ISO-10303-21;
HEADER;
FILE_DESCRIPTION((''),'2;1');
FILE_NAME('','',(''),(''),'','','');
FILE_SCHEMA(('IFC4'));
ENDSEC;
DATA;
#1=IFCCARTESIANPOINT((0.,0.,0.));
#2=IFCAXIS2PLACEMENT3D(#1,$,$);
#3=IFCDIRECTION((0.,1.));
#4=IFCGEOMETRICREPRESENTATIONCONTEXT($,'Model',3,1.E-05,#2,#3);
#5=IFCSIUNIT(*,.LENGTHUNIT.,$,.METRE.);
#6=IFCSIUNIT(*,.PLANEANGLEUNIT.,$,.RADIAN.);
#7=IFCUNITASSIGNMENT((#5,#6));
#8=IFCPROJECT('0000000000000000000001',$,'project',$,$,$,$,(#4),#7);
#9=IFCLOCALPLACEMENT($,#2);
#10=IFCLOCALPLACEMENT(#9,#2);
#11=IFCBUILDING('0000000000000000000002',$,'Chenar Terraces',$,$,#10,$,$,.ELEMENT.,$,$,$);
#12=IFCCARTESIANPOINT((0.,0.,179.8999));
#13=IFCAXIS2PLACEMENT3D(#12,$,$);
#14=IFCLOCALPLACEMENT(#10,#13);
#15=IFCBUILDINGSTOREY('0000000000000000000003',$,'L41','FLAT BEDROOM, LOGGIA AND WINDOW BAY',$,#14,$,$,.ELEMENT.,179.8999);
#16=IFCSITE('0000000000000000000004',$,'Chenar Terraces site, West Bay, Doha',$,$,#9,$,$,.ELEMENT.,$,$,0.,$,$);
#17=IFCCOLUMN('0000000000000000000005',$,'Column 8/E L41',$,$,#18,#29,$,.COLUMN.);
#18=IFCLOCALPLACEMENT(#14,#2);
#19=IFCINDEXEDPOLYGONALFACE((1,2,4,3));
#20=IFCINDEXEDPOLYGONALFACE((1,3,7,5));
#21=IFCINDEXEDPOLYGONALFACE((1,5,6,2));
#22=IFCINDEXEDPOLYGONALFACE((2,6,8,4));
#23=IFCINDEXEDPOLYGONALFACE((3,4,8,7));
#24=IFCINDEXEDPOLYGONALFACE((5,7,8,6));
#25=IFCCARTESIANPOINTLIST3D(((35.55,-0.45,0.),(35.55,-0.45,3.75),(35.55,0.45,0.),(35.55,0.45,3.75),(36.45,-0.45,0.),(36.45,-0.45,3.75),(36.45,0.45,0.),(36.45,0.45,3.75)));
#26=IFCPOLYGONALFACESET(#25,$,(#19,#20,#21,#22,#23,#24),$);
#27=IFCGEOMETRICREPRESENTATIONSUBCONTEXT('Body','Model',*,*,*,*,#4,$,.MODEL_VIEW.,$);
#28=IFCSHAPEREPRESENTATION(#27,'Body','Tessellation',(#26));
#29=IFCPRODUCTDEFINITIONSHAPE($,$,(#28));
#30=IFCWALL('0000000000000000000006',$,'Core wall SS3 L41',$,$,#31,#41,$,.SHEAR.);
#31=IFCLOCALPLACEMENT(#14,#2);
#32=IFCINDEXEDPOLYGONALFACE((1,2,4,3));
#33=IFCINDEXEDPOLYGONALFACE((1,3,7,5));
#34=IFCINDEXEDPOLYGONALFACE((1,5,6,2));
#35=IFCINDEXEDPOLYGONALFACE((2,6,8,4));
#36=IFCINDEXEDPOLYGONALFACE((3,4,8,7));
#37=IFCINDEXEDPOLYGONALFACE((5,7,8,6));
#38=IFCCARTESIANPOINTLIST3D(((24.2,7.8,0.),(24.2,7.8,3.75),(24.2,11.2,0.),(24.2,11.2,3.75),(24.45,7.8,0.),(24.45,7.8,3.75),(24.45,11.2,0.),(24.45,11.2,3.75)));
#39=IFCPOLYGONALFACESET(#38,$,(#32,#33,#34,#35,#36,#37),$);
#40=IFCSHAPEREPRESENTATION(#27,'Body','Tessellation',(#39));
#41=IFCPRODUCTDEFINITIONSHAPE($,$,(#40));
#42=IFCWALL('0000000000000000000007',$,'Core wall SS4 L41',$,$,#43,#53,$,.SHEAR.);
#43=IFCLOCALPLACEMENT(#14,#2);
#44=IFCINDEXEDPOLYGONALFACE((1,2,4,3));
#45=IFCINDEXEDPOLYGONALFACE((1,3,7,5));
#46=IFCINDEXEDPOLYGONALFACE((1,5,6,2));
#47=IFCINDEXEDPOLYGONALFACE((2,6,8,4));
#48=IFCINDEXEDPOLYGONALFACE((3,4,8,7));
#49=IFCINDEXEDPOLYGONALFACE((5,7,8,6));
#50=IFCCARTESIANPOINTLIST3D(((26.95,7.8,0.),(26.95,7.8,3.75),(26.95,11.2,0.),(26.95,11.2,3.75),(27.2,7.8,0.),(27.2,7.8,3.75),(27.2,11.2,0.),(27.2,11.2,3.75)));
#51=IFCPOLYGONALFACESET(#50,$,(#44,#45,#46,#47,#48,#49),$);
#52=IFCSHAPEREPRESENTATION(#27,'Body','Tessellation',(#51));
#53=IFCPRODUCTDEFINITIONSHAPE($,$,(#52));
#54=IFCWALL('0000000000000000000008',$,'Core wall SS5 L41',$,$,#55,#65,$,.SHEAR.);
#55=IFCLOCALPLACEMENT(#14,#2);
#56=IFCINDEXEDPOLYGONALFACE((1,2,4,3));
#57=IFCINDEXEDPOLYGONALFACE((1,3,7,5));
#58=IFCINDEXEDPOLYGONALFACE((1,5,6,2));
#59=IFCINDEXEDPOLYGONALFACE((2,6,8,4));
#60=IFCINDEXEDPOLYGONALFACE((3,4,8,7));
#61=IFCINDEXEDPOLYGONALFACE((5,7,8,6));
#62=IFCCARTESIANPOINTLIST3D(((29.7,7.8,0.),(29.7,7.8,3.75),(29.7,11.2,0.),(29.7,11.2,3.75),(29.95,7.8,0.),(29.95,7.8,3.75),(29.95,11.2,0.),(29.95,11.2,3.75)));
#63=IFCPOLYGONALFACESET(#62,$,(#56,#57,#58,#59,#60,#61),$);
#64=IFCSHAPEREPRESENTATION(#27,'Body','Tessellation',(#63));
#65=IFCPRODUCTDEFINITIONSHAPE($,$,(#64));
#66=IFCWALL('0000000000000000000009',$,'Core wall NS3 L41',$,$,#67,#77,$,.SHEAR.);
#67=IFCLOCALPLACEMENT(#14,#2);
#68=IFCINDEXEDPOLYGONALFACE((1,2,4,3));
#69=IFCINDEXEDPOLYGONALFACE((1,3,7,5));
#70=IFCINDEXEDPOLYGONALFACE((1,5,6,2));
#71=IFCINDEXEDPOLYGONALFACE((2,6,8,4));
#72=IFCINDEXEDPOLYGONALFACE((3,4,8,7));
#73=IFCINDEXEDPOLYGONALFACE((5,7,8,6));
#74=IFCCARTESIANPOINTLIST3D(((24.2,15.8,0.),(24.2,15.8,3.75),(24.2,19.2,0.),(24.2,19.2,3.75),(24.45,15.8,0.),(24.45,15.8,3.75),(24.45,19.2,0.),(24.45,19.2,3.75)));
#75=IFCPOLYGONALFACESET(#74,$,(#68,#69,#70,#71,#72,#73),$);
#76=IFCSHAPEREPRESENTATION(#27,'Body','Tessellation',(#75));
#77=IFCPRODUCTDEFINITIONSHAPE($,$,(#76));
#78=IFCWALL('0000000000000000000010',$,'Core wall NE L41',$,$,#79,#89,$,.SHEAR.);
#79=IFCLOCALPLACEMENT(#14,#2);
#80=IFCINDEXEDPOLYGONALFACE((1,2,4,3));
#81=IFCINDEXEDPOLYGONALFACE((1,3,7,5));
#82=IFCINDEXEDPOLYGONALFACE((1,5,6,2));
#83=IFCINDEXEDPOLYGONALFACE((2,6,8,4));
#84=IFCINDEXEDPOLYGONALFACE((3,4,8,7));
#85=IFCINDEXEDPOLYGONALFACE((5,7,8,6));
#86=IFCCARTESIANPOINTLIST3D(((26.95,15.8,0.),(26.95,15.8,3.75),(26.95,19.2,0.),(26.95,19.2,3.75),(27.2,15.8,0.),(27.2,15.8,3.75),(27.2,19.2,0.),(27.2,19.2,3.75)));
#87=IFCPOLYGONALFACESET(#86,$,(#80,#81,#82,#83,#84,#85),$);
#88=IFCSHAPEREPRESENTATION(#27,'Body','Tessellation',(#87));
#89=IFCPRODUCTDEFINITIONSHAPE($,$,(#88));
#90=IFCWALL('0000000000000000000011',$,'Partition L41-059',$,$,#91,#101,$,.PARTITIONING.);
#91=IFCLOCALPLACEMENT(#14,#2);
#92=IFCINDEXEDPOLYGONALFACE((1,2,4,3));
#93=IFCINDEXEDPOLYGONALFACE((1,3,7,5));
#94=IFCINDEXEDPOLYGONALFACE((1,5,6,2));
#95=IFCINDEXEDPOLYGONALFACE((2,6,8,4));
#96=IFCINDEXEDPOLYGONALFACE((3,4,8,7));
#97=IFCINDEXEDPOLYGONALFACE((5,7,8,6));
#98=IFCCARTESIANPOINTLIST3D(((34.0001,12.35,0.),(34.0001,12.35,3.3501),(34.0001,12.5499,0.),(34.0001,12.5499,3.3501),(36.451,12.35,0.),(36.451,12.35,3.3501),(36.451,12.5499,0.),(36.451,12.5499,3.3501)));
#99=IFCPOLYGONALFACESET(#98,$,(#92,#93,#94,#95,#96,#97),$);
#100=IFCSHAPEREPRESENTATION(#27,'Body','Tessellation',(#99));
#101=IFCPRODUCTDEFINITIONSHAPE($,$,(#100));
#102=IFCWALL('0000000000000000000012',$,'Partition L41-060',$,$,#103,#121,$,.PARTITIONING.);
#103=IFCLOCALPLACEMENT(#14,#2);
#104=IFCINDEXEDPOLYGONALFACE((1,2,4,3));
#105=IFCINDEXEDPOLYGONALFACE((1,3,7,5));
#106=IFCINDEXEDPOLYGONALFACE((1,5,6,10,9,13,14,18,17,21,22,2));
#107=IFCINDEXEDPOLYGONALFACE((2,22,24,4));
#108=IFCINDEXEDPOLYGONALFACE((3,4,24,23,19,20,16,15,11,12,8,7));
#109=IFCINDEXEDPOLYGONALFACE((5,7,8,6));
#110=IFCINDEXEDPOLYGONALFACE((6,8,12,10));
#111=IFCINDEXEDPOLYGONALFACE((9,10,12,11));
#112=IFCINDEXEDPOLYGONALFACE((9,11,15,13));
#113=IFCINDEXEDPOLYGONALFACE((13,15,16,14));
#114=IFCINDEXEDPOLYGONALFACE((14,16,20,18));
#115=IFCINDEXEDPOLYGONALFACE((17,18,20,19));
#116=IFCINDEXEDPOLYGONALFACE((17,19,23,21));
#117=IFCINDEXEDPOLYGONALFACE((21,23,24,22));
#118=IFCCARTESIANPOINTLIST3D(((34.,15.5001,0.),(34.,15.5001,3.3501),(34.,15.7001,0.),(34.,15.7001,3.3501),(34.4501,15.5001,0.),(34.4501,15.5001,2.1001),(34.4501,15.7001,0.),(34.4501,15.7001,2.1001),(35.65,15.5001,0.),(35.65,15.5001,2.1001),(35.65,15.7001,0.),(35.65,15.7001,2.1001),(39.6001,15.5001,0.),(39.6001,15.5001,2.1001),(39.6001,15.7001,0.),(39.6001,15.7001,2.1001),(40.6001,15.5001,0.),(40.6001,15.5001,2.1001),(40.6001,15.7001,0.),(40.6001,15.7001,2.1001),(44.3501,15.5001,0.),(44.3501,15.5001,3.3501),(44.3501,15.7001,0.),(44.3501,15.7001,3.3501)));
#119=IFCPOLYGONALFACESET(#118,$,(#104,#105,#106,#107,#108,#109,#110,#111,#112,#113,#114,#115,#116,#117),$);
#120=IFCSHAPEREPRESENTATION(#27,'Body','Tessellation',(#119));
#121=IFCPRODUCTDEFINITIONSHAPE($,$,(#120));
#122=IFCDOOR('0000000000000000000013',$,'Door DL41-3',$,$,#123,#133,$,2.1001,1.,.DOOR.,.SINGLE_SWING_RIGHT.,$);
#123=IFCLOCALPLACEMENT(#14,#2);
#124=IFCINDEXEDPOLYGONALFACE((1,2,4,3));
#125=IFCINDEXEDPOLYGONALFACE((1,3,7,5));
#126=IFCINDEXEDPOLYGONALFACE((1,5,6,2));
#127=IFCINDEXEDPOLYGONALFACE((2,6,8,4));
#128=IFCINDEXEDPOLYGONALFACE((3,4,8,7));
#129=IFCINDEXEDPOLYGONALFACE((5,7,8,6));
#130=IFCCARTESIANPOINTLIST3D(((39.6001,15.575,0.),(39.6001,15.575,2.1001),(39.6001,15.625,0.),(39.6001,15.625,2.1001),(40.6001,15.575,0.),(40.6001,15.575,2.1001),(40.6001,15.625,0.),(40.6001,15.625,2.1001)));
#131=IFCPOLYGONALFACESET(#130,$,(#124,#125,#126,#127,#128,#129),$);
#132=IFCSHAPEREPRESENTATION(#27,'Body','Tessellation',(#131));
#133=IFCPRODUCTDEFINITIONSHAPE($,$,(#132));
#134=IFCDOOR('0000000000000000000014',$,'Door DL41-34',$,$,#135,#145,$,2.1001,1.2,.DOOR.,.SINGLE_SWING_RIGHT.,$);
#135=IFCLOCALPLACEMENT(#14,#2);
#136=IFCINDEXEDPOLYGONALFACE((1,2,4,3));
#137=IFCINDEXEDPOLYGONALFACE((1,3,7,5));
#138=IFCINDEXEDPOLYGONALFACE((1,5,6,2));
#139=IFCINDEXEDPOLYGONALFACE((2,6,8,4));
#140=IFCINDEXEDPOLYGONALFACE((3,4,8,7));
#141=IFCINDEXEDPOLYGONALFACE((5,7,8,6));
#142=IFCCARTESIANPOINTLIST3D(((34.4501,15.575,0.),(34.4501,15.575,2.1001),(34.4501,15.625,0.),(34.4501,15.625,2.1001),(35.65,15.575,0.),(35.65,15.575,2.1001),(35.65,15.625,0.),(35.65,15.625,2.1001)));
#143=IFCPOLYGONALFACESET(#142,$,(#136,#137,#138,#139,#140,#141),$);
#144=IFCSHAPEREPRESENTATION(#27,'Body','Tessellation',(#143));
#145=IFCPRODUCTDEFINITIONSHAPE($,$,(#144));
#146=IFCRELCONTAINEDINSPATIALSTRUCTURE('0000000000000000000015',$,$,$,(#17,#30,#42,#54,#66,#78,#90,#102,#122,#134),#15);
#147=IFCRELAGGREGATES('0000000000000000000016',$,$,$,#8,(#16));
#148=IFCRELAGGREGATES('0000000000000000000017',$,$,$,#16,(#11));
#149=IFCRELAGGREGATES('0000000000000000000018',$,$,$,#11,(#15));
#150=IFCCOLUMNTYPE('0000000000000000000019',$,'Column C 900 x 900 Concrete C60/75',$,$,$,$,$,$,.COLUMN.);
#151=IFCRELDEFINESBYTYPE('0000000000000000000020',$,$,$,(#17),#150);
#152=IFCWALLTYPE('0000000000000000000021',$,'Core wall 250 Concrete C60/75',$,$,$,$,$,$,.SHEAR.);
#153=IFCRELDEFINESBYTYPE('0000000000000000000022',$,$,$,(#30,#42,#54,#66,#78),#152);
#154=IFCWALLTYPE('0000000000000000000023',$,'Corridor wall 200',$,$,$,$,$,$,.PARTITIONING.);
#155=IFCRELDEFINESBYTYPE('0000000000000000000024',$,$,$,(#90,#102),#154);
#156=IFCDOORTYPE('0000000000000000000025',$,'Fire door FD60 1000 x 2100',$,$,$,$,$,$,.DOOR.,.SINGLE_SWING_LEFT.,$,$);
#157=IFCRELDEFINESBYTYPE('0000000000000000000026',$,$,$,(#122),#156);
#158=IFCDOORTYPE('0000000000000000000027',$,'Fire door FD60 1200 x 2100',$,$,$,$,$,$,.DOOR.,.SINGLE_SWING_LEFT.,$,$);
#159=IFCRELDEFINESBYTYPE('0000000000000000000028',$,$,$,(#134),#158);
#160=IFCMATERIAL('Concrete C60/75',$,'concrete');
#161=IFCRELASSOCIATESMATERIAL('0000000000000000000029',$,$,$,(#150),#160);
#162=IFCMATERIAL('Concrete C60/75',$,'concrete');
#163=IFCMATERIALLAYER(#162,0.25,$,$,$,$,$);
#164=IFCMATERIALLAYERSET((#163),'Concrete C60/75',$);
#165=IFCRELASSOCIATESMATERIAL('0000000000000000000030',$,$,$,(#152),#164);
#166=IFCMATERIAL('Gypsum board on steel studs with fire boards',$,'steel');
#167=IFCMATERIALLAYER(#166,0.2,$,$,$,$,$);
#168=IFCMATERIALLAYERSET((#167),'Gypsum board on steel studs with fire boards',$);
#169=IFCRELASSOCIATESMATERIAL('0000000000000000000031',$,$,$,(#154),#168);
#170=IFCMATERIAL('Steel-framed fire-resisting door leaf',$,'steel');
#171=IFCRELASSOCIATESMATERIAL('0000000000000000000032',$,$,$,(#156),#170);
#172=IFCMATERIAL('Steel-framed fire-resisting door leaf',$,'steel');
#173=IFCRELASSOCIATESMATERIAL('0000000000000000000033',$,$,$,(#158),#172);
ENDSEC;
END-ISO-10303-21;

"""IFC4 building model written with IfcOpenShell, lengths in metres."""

from ifc_helpers import new_model, si_unit, direction, frame, frame_2d, origin, origin_2d, place, context, subcontext, project, spatial, rectangle, extrude, material, layer, layer_set, material_profile, profile_set, type_object, element, fill, save


model = new_model("IFC4")

# Units and contexts
model_context = context("Model", 3, precision=1e-05, world=origin(), true_north=direction((0.0, 1.0)))
body_context = subcontext(model_context, "Body", "Model", "MODEL_VIEW")
ifc_project = project(units=[si_unit("LENGTHUNIT", "METRE"), si_unit("PLANEANGLEUNIT", "RADIAN")], contexts=[model_context])

# Site, building, storey
site_placement = place(None, origin())
site = spatial("IfcSite", under=ifc_project, at=site_placement, Name="Chenar Terraces site, West Bay, Doha", CompositionType="ELEMENT", RefElevation=0.0)
building_placement = place(site_placement, origin())
building = spatial("IfcBuilding", under=site, at=building_placement, Name="Chenar Terraces", CompositionType="ELEMENT")
storey_placement = place(building_placement, frame((0.0, 0.0, 179.8999)))
storey = spatial("IfcBuildingStorey", under=building, at=storey_placement, Name="L41", Description="FLAT BEDROOM, LOGGIA AND WINDOW BAY", CompositionType="ELEMENT", Elevation=179.8999)

# Column
ifc_material_1 = material(Name="Concrete C60/75", Category="concrete")
ifc_material_profile_1 = material_profile(ifc_material_1, rectangle(XDim=0.8999, YDim=0.8999, at=origin_2d()), Name="C 900 x 900")
ifc_profile_set_1 = profile_set([ifc_material_profile_1], Name="Concrete C60/75")
column_type = type_object("IfcColumnType", Name="Column C 900 x 900 Concrete C60/75", PredefinedType="COLUMN", material=ifc_profile_set_1)
column_placement = place(storey_placement, frame((36.0, 0.0, 0.0), z_axis=(0.0, 0.0, 1.0), x_axis=(1.0, 0.0, 0.0)))
element("IfcColumn", 1, at=column_placement, inside=storey, type_object=column_type, Name="Column 8/E L41", PredefinedType="COLUMN", context=body_context, shape_type="SweptSolid", body=[
    extrude(rectangle(XDim=0.8999, YDim=0.8999, at=origin_2d()), origin(), (0.0, 0.0, 1.0), 3.75),
])

# Walls
ifc_material_2 = material(Name="Concrete C60/75", Category="concrete")
ifc_layer_1 = layer(ifc_material_2, 0.25)
ifc_layer_set_1 = layer_set([ifc_layer_1], Name="Concrete C60/75")
wall_type_1 = type_object("IfcWallType", Name="Core wall 250 Concrete C60/75", PredefinedType="SHEAR", material=ifc_layer_set_1)
for number, where, z_axis, x_axis, name in (
    (2, (24.325, 7.8, 0.0), (0.0, 0.0, 1.0), (0.0, 1.0, 0.0), "Core wall SS3 L41"),
    (3, (27.075, 7.8, 0.0), (0.0, 0.0, 1.0), (0.0, 1.0, 0.0), "Core wall SS4 L41"),
    (4, (29.825, 7.8, 0.0), (0.0, 0.0, 1.0), (0.0, 1.0, 0.0), "Core wall SS5 L41"),
    (5, (24.325, 15.8, 0.0), (0.0, 0.0, 1.0), (0.0, 1.0, 0.0), "Core wall NS3 L41"),
    (6, (27.075, 15.8, 0.0), (0.0, 0.0, 1.0), (0.0, 1.0, 0.0), "Core wall NE L41"),
):
    element("IfcWall", number, at=place(storey_placement, frame(where, z_axis=z_axis, x_axis=x_axis)), inside=storey, type_object=wall_type_1, Name=name, PredefinedType="SHEAR", context=body_context, shape_type="SweptSolid", body=[
        extrude(rectangle(XDim=3.3999, YDim=0.25, at=frame_2d((1.7, 0.0))), origin(), (0.0, 0.0, 1.0), 3.75),
    ])

# Wall
ifc_material_3 = material(Name="Gypsum board on steel studs with fire boards", Category="steel")
ifc_layer_2 = layer(ifc_material_3, 0.2)
ifc_layer_set_2 = layer_set([ifc_layer_2], Name="Gypsum board on steel studs with fire boards")
wall_type_2 = type_object("IfcWallType", Name="Corridor wall 200", PredefinedType="PARTITIONING", material=ifc_layer_set_2)
wall_1_placement = place(storey_placement, frame((34.0, 12.45, 0.0), z_axis=(0.0, 0.0, 1.0), x_axis=(1.0, 0.0, 0.0)))
element("IfcWall", 7, at=wall_1_placement, inside=storey, type_object=wall_type_2, Name="Partition L41-059", PredefinedType="PARTITIONING", context=body_context, shape_type="SweptSolid", body=[
    extrude(rectangle(XDim=2.4509, YDim=0.2, at=frame_2d((1.2256, 0.0))), origin(), (0.0, 0.0, 1.0), 3.3501),
])

# Wall, openings, doors
wall_2_placement = place(storey_placement, frame((34.0, 15.6001, 0.0), z_axis=(0.0, 0.0, 1.0), x_axis=(1.0, 0.0, 0.0)))
wall_2 = element("IfcWall", 8, at=wall_2_placement, inside=storey, type_object=wall_type_2, Name="Partition L41-060", PredefinedType="PARTITIONING", context=body_context, shape_type="SweptSolid", body=[
    extrude(rectangle(XDim=10.3501, YDim=0.2, at=frame_2d((5.175, 0.0))), origin(), (0.0, 0.0, 1.0), 3.3501),
])
opening_1_placement = place(wall_2_placement, frame((5.6001, 0.0, 0.0)))
opening_1 = element("IfcOpeningElement", 9, at=opening_1_placement, cuts=wall_2, PredefinedType="OPENING", context=body_context, shape_type="SweptSolid", body=[
    extrude(rectangle(XDim=1.0, YDim=2.1001, at=frame_2d((0.5, 1.05))), frame((0.0, 0.1099, 0.0), z_axis=(0.0, -1.0, 0.0), x_axis=(1.0, 0.0, 0.0)), (0.0, 0.0, 1.0), 0.22),
])
opening_2_placement = place(wall_2_placement, frame((0.45, 0.0, 0.0)))
opening_2 = element("IfcOpeningElement", 10, at=opening_2_placement, cuts=wall_2, PredefinedType="OPENING", context=body_context, shape_type="SweptSolid", body=[
    extrude(rectangle(XDim=1.2, YDim=2.1001, at=frame_2d((0.6001, 1.05))), frame((0.0, 0.1099, 0.0), z_axis=(0.0, -1.0, 0.0), x_axis=(1.0, 0.0, 0.0)), (0.0, 0.0, 1.0), 0.22),
])
ifc_material_4 = material(Name="Steel-framed fire-resisting door leaf", Category="steel")
door_type_1 = type_object("IfcDoorType", Name="Fire door FD60 1000 x 2100", OperationType="SINGLE_SWING_LEFT", PredefinedType="DOOR", material=ifc_material_4)
door_1_placement = place(opening_1_placement, origin())
door_1 = element("IfcDoor", 11, at=door_1_placement, inside=storey, type_object=door_type_1, Name="Door DL41-3", OperationType="SINGLE_SWING_RIGHT", OverallHeight=2.1001, OverallWidth=1.0, PredefinedType="DOOR", context=body_context, shape_type="SweptSolid", body=[
    extrude(rectangle(XDim=1.0, YDim=2.1001, at=frame_2d((0.5, 1.05))), frame((0.0, 0.0249, 0.0), z_axis=(0.0, -1.0, 0.0), x_axis=(1.0, 0.0, 0.0)), (0.0, 0.0, 1.0), 0.05),
])
fill(opening_1, door_1)
ifc_material_5 = material(Name="Steel-framed fire-resisting door leaf", Category="steel")
door_type_2 = type_object("IfcDoorType", Name="Fire door FD60 1200 x 2100", OperationType="SINGLE_SWING_LEFT", PredefinedType="DOOR", material=ifc_material_5)
door_2_placement = place(opening_2_placement, origin())
door_2 = element("IfcDoor", 12, at=door_2_placement, inside=storey, type_object=door_type_2, Name="Door DL41-34", OperationType="SINGLE_SWING_RIGHT", OverallHeight=2.1001, OverallWidth=1.2, PredefinedType="DOOR", context=body_context, shape_type="SweptSolid", body=[
    extrude(rectangle(XDim=1.2, YDim=2.1001, at=frame_2d((0.6001, 1.05))), frame((0.0, 0.0249, 0.0), z_axis=(0.0, -1.0, 0.0), x_axis=(1.0, 0.0, 0.0)), (0.0, 0.0, 1.0), 0.05),
])
fill(opening_2, door_2)

save(model, "model.ifc")
